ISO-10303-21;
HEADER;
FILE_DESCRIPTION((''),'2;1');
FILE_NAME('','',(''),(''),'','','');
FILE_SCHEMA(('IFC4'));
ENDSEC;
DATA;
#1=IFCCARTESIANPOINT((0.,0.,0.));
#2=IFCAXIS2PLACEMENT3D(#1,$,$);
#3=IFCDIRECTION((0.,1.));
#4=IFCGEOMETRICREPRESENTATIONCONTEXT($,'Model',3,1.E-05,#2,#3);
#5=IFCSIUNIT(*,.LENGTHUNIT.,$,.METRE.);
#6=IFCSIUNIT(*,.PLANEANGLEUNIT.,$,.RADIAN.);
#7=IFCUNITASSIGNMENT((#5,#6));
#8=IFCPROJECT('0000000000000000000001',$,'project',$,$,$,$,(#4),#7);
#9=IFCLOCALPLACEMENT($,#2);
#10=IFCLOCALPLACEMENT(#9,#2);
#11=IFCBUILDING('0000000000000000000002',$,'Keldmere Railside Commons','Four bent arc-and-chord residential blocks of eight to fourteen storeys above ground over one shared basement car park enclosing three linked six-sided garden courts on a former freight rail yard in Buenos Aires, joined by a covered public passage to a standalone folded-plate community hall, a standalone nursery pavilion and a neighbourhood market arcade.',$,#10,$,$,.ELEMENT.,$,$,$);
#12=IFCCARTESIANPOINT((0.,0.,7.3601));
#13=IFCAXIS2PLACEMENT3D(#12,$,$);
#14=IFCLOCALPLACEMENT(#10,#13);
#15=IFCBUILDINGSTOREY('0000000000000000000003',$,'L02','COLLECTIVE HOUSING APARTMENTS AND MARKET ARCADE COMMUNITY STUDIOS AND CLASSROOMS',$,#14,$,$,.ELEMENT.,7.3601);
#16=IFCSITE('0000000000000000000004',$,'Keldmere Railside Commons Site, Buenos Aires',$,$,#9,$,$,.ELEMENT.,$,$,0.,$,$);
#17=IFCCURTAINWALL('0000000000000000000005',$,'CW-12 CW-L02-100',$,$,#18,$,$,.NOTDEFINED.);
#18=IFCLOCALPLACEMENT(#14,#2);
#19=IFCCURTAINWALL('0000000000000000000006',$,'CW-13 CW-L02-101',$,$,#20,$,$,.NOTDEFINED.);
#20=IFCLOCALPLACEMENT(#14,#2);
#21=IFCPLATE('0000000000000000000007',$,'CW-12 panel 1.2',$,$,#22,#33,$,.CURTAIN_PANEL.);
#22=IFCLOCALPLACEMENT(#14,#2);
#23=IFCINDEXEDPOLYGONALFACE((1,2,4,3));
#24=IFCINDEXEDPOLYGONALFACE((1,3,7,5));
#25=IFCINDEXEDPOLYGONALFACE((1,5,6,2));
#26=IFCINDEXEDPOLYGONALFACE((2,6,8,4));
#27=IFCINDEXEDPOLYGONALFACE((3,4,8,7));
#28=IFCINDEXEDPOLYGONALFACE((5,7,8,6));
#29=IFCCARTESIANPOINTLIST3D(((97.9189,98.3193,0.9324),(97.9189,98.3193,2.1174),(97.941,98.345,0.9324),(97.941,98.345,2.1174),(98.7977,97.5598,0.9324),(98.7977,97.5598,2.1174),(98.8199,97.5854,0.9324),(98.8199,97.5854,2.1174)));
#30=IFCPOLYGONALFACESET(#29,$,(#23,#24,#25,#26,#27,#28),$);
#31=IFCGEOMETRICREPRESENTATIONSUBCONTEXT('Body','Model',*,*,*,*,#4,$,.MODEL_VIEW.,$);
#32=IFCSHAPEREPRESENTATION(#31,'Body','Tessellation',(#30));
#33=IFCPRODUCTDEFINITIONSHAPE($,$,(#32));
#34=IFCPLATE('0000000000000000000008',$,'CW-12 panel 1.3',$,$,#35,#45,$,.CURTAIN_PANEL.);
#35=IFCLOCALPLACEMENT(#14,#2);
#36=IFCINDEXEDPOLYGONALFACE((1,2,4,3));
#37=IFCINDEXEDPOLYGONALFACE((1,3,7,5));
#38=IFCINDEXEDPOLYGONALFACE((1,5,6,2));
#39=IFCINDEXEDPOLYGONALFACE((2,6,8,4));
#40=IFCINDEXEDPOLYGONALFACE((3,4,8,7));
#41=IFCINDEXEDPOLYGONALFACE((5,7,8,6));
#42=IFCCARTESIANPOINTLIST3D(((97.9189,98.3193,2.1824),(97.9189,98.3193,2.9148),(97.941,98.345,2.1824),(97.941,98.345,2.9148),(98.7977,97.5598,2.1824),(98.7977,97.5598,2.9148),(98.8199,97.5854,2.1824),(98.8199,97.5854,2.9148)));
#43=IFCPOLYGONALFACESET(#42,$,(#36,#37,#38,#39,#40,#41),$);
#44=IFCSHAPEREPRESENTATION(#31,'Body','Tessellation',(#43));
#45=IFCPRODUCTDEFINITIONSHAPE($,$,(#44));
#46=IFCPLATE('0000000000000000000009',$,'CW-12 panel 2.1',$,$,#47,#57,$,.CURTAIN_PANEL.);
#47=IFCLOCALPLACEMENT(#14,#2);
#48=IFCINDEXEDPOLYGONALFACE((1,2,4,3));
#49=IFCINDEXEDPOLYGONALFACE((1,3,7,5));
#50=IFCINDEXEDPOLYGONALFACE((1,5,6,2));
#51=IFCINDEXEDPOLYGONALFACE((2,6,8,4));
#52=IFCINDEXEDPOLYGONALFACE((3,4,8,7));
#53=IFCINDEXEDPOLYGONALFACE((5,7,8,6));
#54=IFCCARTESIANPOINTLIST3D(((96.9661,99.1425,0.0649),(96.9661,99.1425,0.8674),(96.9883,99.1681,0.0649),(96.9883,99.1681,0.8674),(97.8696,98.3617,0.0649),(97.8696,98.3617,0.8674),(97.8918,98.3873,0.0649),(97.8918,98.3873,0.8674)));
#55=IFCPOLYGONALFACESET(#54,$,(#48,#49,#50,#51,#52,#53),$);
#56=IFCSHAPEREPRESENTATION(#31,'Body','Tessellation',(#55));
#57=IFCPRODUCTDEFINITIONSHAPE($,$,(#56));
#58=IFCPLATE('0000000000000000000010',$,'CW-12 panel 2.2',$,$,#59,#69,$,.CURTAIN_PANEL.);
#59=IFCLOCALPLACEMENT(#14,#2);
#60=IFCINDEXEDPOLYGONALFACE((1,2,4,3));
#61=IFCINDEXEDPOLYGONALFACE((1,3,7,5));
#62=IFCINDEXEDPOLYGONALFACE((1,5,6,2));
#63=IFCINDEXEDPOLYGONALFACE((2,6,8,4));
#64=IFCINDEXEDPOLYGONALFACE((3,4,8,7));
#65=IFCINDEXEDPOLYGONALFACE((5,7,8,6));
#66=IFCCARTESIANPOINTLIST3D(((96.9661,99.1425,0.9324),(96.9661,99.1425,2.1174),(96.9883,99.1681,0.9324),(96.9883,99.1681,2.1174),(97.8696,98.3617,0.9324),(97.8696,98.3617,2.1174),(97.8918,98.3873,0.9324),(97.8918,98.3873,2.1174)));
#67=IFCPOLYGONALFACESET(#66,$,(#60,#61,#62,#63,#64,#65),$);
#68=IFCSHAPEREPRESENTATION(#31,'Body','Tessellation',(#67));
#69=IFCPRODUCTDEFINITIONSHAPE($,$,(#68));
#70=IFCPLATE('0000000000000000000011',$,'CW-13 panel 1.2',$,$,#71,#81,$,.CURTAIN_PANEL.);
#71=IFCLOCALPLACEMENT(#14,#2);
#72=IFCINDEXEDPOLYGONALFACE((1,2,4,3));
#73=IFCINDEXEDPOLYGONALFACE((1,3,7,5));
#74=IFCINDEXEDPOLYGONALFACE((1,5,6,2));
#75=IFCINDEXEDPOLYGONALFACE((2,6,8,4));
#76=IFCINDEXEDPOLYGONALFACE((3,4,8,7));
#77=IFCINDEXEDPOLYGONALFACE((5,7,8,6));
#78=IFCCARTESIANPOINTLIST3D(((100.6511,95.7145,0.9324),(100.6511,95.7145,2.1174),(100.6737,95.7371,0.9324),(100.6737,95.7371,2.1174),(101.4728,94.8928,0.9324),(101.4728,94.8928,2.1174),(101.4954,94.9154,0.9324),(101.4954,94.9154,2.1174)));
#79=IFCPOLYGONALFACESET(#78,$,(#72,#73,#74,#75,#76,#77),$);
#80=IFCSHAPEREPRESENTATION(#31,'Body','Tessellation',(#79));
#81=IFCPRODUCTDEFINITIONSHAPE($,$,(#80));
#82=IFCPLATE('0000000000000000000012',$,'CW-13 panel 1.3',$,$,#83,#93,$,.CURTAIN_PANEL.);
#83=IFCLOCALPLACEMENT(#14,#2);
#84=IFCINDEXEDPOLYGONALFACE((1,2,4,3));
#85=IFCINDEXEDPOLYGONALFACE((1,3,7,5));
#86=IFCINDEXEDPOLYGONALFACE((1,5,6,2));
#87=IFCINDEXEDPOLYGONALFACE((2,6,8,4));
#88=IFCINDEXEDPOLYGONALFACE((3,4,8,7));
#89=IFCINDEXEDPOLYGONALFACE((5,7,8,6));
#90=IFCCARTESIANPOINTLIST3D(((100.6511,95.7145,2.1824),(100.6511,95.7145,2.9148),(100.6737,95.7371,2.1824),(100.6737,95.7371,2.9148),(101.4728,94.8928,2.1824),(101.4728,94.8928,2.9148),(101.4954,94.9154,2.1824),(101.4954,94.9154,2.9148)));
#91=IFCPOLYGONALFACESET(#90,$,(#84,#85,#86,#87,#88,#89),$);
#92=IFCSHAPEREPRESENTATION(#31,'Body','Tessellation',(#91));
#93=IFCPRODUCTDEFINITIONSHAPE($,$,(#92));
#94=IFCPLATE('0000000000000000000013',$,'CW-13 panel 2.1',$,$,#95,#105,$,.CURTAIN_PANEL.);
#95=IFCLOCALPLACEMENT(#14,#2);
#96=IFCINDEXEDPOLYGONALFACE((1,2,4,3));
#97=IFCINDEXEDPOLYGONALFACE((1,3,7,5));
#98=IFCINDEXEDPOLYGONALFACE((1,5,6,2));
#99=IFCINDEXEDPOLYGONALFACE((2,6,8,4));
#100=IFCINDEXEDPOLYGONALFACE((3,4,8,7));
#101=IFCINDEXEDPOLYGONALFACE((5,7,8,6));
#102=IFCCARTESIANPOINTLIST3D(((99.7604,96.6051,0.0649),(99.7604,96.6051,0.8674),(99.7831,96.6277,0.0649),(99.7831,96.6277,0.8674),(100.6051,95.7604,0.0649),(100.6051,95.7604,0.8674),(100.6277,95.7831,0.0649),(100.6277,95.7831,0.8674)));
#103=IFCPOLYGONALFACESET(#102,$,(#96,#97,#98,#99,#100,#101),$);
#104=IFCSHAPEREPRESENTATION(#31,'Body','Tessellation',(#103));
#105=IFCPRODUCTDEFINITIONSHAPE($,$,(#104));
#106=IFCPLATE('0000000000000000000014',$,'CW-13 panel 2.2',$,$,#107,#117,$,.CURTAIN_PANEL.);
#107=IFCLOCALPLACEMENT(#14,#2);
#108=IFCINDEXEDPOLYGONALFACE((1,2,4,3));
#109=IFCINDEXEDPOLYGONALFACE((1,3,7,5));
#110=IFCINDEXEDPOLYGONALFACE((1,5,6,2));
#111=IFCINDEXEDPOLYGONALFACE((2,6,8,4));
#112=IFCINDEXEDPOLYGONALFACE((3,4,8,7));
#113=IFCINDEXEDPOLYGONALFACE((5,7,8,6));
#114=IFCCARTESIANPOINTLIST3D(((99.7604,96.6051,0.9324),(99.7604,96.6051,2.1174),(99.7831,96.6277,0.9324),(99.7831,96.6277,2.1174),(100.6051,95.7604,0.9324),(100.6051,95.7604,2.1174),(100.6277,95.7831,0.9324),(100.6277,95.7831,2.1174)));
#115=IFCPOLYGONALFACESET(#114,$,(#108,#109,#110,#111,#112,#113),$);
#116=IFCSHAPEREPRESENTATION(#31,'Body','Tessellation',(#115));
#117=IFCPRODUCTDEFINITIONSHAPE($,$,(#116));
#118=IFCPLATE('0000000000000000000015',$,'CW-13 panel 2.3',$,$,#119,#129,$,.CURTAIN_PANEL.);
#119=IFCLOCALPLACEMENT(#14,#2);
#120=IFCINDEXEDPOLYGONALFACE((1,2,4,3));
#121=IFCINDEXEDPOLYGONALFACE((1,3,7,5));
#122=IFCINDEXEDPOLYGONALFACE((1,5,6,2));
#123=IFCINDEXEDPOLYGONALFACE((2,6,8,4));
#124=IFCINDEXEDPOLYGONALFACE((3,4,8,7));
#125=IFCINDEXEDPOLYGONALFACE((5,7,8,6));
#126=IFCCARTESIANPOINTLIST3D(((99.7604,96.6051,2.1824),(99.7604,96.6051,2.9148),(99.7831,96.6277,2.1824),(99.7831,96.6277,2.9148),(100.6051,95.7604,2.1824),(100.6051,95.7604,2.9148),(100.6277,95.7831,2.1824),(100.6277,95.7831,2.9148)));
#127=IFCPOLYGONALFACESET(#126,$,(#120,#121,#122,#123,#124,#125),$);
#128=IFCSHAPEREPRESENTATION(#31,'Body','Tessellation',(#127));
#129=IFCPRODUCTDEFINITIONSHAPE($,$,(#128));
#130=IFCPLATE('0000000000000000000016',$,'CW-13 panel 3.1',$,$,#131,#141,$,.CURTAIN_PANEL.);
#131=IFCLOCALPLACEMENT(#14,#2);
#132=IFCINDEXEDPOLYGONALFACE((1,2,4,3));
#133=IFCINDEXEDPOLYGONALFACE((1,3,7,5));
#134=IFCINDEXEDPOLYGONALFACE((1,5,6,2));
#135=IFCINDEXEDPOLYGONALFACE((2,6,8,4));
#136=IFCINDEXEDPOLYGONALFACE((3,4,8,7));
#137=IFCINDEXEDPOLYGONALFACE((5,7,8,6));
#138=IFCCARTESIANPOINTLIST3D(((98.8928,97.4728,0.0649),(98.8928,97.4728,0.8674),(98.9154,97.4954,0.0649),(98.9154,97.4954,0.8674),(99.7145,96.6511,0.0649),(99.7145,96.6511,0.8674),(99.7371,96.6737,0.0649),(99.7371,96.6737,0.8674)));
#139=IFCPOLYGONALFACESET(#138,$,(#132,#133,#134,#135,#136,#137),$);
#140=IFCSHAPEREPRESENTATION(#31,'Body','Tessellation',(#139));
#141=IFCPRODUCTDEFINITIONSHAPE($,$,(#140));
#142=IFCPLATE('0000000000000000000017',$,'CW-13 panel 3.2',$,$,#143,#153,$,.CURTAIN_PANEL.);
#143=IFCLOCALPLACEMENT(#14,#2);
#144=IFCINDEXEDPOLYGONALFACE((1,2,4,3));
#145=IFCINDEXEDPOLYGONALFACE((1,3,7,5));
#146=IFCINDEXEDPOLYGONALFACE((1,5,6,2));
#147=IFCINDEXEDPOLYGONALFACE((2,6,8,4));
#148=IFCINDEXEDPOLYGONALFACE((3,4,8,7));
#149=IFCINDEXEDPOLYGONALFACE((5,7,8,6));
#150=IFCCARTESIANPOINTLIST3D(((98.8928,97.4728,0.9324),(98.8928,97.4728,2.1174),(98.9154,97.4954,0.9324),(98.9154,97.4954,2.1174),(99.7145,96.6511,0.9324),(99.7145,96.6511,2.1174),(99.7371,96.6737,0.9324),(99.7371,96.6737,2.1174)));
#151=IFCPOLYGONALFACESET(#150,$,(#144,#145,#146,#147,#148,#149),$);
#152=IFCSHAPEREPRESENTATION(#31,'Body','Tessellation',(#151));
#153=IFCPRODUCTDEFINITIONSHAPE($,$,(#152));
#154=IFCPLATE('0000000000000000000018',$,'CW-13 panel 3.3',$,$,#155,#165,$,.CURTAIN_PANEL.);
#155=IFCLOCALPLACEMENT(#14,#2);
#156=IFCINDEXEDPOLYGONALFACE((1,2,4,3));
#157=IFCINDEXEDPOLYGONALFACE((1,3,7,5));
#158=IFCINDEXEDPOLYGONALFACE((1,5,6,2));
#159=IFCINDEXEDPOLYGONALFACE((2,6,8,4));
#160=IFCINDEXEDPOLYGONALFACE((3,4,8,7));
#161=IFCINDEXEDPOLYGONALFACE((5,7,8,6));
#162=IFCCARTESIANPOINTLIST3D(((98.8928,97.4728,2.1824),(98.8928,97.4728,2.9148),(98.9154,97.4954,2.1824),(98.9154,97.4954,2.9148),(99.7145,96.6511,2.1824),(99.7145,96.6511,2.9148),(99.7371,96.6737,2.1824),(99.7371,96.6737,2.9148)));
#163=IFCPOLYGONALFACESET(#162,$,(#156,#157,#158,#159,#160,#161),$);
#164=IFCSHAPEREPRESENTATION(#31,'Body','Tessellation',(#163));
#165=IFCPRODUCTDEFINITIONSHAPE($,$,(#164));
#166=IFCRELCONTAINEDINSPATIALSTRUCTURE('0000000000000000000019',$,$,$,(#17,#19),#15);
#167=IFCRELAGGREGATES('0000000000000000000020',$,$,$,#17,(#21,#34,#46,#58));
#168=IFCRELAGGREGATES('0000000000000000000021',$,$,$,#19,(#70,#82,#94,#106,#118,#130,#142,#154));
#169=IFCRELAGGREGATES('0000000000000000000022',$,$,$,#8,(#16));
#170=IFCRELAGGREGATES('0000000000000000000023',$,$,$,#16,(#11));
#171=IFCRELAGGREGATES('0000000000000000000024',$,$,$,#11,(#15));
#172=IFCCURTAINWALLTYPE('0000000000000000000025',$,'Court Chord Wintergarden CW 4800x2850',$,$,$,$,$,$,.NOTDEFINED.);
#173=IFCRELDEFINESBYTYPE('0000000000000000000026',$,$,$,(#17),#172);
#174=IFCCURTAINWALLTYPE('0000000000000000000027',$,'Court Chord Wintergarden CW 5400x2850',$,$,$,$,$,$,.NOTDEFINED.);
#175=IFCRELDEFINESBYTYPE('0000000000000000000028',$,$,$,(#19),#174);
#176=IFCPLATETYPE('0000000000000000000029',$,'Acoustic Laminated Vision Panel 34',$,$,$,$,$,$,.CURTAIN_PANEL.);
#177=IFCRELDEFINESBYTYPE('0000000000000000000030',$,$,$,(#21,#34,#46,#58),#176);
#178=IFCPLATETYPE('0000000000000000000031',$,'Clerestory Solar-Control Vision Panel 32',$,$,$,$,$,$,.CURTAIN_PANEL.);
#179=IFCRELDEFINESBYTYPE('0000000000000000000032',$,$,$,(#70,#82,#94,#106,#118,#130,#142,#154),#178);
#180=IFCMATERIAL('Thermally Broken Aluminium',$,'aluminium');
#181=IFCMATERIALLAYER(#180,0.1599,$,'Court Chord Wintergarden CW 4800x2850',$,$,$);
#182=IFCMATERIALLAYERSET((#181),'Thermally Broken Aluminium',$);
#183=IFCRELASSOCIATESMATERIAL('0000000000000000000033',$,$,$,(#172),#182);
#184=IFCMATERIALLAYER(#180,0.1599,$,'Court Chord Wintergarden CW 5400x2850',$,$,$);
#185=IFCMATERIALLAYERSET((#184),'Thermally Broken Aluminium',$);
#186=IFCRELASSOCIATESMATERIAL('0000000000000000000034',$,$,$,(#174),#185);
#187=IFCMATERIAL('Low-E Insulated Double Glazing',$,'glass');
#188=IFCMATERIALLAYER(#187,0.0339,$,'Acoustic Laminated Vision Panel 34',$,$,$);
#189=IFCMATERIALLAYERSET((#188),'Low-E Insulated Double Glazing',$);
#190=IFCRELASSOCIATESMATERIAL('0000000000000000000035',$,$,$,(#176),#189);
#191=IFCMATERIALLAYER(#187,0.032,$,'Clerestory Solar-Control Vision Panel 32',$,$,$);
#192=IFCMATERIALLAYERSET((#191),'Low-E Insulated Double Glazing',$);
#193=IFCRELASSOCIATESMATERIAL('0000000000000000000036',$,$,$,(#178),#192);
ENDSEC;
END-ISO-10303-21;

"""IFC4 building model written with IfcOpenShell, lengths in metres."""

from ifc_helpers import new_model, si_unit, direction, frame, origin, origin_2d, place, context, subcontext, project, spatial, rectangle, extrude, material, layer, layer_set, type_object, element, aggregate, save


model = new_model("IFC4")

# Units and contexts
model_context = context("Model", 3, precision=1e-05, world=origin(), true_north=direction((0.0, 1.0)))
body_context = subcontext(model_context, "Body", "Model", "MODEL_VIEW")
ifc_project = project(units=[si_unit("LENGTHUNIT", "METRE"), si_unit("PLANEANGLEUNIT", "RADIAN")], contexts=[model_context])

# Site, building, storey
site_placement = place(None, origin())
site = spatial("IfcSite", under=ifc_project, at=site_placement, Name="Keldmere Railside Commons Site, Buenos Aires", CompositionType="ELEMENT", RefElevation=0.0)
building_placement = place(site_placement, origin())
building = spatial("IfcBuilding", under=site, at=building_placement, Name="Keldmere Railside Commons", Description="Four bent arc-and-chord residential blocks of eight to fourteen storeys above ground over one shared basement car park enclosing three linked six-sided garden courts on a former freight rail yard in Buenos Aires, joined by a covered public passage to a standalone folded-plate community hall, a standalone nursery pavilion and a neighbourhood market arcade.", CompositionType="ELEMENT")
storey_placement = place(building_placement, frame((0.0, 0.0, 7.3601)))
storey = spatial("IfcBuildingStorey", under=building, at=storey_placement, Name="L02", Description="COLLECTIVE HOUSING APARTMENTS AND MARKET ARCADE COMMUNITY STUDIOS AND CLASSROOMS", CompositionType="ELEMENT", Elevation=7.3601)

# Curtain walls
ifc_material_1 = material(Name="Thermally Broken Aluminium", Category="aluminium")
ifc_layer_1 = layer(ifc_material_1, 0.1599, Name="Court Chord Wintergarden CW 4800x2850")
ifc_layer_set_1 = layer_set([ifc_layer_1], Name="Thermally Broken Aluminium")
curtain_wall_type_1 = type_object("IfcCurtainWallType", Name="Court Chord Wintergarden CW 4800x2850", PredefinedType="NOTDEFINED", material=ifc_layer_set_1)
curtain_wall_1_placement = place(storey_placement, origin())
curtain_wall_1 = element("IfcCurtainWall", 1, at=curtain_wall_1_placement, inside=storey, type_object=curtain_wall_type_1, Name="CW-12 CW-L02-100", PredefinedType="NOTDEFINED")
ifc_layer_2 = layer(ifc_material_1, 0.1599, Name="Court Chord Wintergarden CW 5400x2850")
ifc_layer_set_2 = layer_set([ifc_layer_2], Name="Thermally Broken Aluminium")
curtain_wall_type_2 = type_object("IfcCurtainWallType", Name="Court Chord Wintergarden CW 5400x2850", PredefinedType="NOTDEFINED", material=ifc_layer_set_2)
curtain_wall_2_placement = place(storey_placement, origin())
curtain_wall_2 = element("IfcCurtainWall", 2, at=curtain_wall_2_placement, inside=storey, type_object=curtain_wall_type_2, Name="CW-13 CW-L02-101", PredefinedType="NOTDEFINED")

# Plates
ifc_material_2 = material(Name="Low-E Insulated Double Glazing", Category="glass")
ifc_layer_3 = layer(ifc_material_2, 0.0339, Name="Acoustic Laminated Vision Panel 34")
ifc_layer_set_3 = layer_set([ifc_layer_3], Name="Low-E Insulated Double Glazing")
plate_type_1 = type_object("IfcPlateType", Name="Acoustic Laminated Vision Panel 34", PredefinedType="CURTAIN_PANEL", material=ifc_layer_set_3)
plate_1_placement = place(storey_placement, frame((98.3694, 97.9524, 0.9324), z_axis=(0.0, 0.0, 1.0), x_axis=(-0.756597, 0.653882, 0.0)))
plate_1 = element("IfcPlate", 3, at=plate_1_placement, type_object=plate_type_1, Name="CW-12 panel 1.2", PredefinedType="CURTAIN_PANEL", context=body_context, shape_type="SweptSolid", body=[
    extrude(rectangle(XDim=1.1616, YDim=0.0339, at=origin_2d()), origin(), (0.0, 0.0, 1.0), 1.1851),
])
plate_2_placement = place(storey_placement, frame((98.3694, 97.9524, 2.1824), z_axis=(0.0, 0.0, 1.0), x_axis=(-0.756597, 0.653882, 0.0)))
plate_2 = element("IfcPlate", 4, at=plate_2_placement, type_object=plate_type_1, Name="CW-12 panel 1.3", PredefinedType="CURTAIN_PANEL", context=body_context, shape_type="SweptSolid", body=[
    extrude(rectangle(XDim=1.1616, YDim=0.0339, at=origin_2d()), origin(), (0.0, 0.0, 1.0), 0.7324),
])
plate_3_placement = place(storey_placement, frame((97.429, 98.7649, 0.0649), z_axis=(0.0, 0.0, 1.0), x_axis=(-0.756597, 0.653882, 0.0)))
plate_3 = element("IfcPlate", 5, at=plate_3_placement, type_object=plate_type_1, Name="CW-12 panel 2.1", PredefinedType="CURTAIN_PANEL", context=body_context, shape_type="SweptSolid", body=[
    extrude(rectangle(XDim=1.1941, YDim=0.0339, at=origin_2d()), origin(), (0.0, 0.0, 1.0), 0.8025),
])
plate_4_placement = place(storey_placement, frame((97.429, 98.7649, 0.9324), z_axis=(0.0, 0.0, 1.0), x_axis=(-0.756597, 0.653882, 0.0)))
plate_4 = element("IfcPlate", 6, at=plate_4_placement, type_object=plate_type_1, Name="CW-12 panel 2.2", PredefinedType="CURTAIN_PANEL", context=body_context, shape_type="SweptSolid", body=[
    extrude(rectangle(XDim=1.1941, YDim=0.0339, at=origin_2d()), origin(), (0.0, 0.0, 1.0), 1.1851),
])
aggregate(curtain_wall_1, [plate_1, plate_2, plate_3, plate_4])
ifc_layer_4 = layer(ifc_material_2, 0.032, Name="Clerestory Solar-Control Vision Panel 32")
ifc_layer_set_4 = layer_set([ifc_layer_4], Name="Low-E Insulated Double Glazing")
plate_type_2 = type_object("IfcPlateType", Name="Clerestory Solar-Control Vision Panel 32", PredefinedType="CURTAIN_PANEL", material=ifc_layer_set_4)
plate_5_placement = place(storey_placement, frame((101.0732, 95.3149, 0.9324), z_axis=(0.0, 0.0, 1.0), x_axis=(-0.707107, 0.707107, 0.0)))
plate_5 = element("IfcPlate", 7, at=plate_5_placement, type_object=plate_type_2, Name="CW-13 panel 1.2", PredefinedType="CURTAIN_PANEL", context=body_context, shape_type="SweptSolid", body=[
    extrude(rectangle(XDim=1.1621, YDim=0.032, at=origin_2d()), origin(), (0.0, 0.0, 1.0), 1.1851),
])
plate_6_placement = place(storey_placement, frame((101.0732, 95.3149, 2.1824), z_axis=(0.0, 0.0, 1.0), x_axis=(-0.707107, 0.707107, 0.0)))
plate_6 = element("IfcPlate", 8, at=plate_6_placement, type_object=plate_type_2, Name="CW-13 panel 1.3", PredefinedType="CURTAIN_PANEL", context=body_context, shape_type="SweptSolid", body=[
    extrude(rectangle(XDim=1.1621, YDim=0.032, at=origin_2d()), origin(), (0.0, 0.0, 1.0), 0.7324),
])
plate_7_placement = place(storey_placement, frame((100.1941, 96.1941, 0.0649), z_axis=(0.0, 0.0, 1.0), x_axis=(-0.707107, 0.707107, 0.0)))
plate_7 = element("IfcPlate", 9, at=plate_7_placement, type_object=plate_type_2, Name="CW-13 panel 2.1", PredefinedType="CURTAIN_PANEL", context=body_context, shape_type="SweptSolid", body=[
    extrude(rectangle(XDim=1.1946, YDim=0.032, at=origin_2d()), origin(), (0.0, 0.0, 1.0), 0.8025),
])
plate_8_placement = place(storey_placement, frame((100.1941, 96.1941, 0.9324), z_axis=(0.0, 0.0, 1.0), x_axis=(-0.707107, 0.707107, 0.0)))
plate_8 = element("IfcPlate", 10, at=plate_8_placement, type_object=plate_type_2, Name="CW-13 panel 2.2", PredefinedType="CURTAIN_PANEL", context=body_context, shape_type="SweptSolid", body=[
    extrude(rectangle(XDim=1.1946, YDim=0.032, at=origin_2d()), origin(), (0.0, 0.0, 1.0), 1.1851),
])
plate_9_placement = place(storey_placement, frame((100.1941, 96.1941, 2.1824), z_axis=(0.0, 0.0, 1.0), x_axis=(-0.707107, 0.707107, 0.0)))
plate_9 = element("IfcPlate", 11, at=plate_9_placement, type_object=plate_type_2, Name="CW-13 panel 2.3", PredefinedType="CURTAIN_PANEL", context=body_context, shape_type="SweptSolid", body=[
    extrude(rectangle(XDim=1.1946, YDim=0.032, at=origin_2d()), origin(), (0.0, 0.0, 1.0), 0.7324),
])
plate_10_placement = place(storey_placement, frame((99.3149, 97.0732, 0.0649), z_axis=(0.0, 0.0, 1.0), x_axis=(-0.707107, 0.707107, 0.0)))
plate_10 = element("IfcPlate", 12, at=plate_10_placement, type_object=plate_type_2, Name="CW-13 panel 3.1", PredefinedType="CURTAIN_PANEL", context=body_context, shape_type="SweptSolid", body=[
    extrude(rectangle(XDim=1.1621, YDim=0.032, at=origin_2d()), origin(), (0.0, 0.0, 1.0), 0.8025),
])
plate_11_placement = place(storey_placement, frame((99.3149, 97.0732, 0.9324), z_axis=(0.0, 0.0, 1.0), x_axis=(-0.707107, 0.707107, 0.0)))
plate_11 = element("IfcPlate", 13, at=plate_11_placement, type_object=plate_type_2, Name="CW-13 panel 3.2", PredefinedType="CURTAIN_PANEL", context=body_context, shape_type="SweptSolid", body=[
    extrude(rectangle(XDim=1.1621, YDim=0.032, at=origin_2d()), origin(), (0.0, 0.0, 1.0), 1.1851),
])
plate_12_placement = place(storey_placement, frame((99.3149, 97.0732, 2.1824), z_axis=(0.0, 0.0, 1.0), x_axis=(-0.707107, 0.707107, 0.0)))
plate_12 = element("IfcPlate", 14, at=plate_12_placement, type_object=plate_type_2, Name="CW-13 panel 3.3", PredefinedType="CURTAIN_PANEL", context=body_context, shape_type="SweptSolid", body=[
    extrude(rectangle(XDim=1.1621, YDim=0.032, at=origin_2d()), origin(), (0.0, 0.0, 1.0), 0.7324),
])
aggregate(curtain_wall_2, [plate_5, plate_6, plate_7, plate_8, plate_9, plate_10, plate_11, plate_12])

save(model, "model.ifc")
